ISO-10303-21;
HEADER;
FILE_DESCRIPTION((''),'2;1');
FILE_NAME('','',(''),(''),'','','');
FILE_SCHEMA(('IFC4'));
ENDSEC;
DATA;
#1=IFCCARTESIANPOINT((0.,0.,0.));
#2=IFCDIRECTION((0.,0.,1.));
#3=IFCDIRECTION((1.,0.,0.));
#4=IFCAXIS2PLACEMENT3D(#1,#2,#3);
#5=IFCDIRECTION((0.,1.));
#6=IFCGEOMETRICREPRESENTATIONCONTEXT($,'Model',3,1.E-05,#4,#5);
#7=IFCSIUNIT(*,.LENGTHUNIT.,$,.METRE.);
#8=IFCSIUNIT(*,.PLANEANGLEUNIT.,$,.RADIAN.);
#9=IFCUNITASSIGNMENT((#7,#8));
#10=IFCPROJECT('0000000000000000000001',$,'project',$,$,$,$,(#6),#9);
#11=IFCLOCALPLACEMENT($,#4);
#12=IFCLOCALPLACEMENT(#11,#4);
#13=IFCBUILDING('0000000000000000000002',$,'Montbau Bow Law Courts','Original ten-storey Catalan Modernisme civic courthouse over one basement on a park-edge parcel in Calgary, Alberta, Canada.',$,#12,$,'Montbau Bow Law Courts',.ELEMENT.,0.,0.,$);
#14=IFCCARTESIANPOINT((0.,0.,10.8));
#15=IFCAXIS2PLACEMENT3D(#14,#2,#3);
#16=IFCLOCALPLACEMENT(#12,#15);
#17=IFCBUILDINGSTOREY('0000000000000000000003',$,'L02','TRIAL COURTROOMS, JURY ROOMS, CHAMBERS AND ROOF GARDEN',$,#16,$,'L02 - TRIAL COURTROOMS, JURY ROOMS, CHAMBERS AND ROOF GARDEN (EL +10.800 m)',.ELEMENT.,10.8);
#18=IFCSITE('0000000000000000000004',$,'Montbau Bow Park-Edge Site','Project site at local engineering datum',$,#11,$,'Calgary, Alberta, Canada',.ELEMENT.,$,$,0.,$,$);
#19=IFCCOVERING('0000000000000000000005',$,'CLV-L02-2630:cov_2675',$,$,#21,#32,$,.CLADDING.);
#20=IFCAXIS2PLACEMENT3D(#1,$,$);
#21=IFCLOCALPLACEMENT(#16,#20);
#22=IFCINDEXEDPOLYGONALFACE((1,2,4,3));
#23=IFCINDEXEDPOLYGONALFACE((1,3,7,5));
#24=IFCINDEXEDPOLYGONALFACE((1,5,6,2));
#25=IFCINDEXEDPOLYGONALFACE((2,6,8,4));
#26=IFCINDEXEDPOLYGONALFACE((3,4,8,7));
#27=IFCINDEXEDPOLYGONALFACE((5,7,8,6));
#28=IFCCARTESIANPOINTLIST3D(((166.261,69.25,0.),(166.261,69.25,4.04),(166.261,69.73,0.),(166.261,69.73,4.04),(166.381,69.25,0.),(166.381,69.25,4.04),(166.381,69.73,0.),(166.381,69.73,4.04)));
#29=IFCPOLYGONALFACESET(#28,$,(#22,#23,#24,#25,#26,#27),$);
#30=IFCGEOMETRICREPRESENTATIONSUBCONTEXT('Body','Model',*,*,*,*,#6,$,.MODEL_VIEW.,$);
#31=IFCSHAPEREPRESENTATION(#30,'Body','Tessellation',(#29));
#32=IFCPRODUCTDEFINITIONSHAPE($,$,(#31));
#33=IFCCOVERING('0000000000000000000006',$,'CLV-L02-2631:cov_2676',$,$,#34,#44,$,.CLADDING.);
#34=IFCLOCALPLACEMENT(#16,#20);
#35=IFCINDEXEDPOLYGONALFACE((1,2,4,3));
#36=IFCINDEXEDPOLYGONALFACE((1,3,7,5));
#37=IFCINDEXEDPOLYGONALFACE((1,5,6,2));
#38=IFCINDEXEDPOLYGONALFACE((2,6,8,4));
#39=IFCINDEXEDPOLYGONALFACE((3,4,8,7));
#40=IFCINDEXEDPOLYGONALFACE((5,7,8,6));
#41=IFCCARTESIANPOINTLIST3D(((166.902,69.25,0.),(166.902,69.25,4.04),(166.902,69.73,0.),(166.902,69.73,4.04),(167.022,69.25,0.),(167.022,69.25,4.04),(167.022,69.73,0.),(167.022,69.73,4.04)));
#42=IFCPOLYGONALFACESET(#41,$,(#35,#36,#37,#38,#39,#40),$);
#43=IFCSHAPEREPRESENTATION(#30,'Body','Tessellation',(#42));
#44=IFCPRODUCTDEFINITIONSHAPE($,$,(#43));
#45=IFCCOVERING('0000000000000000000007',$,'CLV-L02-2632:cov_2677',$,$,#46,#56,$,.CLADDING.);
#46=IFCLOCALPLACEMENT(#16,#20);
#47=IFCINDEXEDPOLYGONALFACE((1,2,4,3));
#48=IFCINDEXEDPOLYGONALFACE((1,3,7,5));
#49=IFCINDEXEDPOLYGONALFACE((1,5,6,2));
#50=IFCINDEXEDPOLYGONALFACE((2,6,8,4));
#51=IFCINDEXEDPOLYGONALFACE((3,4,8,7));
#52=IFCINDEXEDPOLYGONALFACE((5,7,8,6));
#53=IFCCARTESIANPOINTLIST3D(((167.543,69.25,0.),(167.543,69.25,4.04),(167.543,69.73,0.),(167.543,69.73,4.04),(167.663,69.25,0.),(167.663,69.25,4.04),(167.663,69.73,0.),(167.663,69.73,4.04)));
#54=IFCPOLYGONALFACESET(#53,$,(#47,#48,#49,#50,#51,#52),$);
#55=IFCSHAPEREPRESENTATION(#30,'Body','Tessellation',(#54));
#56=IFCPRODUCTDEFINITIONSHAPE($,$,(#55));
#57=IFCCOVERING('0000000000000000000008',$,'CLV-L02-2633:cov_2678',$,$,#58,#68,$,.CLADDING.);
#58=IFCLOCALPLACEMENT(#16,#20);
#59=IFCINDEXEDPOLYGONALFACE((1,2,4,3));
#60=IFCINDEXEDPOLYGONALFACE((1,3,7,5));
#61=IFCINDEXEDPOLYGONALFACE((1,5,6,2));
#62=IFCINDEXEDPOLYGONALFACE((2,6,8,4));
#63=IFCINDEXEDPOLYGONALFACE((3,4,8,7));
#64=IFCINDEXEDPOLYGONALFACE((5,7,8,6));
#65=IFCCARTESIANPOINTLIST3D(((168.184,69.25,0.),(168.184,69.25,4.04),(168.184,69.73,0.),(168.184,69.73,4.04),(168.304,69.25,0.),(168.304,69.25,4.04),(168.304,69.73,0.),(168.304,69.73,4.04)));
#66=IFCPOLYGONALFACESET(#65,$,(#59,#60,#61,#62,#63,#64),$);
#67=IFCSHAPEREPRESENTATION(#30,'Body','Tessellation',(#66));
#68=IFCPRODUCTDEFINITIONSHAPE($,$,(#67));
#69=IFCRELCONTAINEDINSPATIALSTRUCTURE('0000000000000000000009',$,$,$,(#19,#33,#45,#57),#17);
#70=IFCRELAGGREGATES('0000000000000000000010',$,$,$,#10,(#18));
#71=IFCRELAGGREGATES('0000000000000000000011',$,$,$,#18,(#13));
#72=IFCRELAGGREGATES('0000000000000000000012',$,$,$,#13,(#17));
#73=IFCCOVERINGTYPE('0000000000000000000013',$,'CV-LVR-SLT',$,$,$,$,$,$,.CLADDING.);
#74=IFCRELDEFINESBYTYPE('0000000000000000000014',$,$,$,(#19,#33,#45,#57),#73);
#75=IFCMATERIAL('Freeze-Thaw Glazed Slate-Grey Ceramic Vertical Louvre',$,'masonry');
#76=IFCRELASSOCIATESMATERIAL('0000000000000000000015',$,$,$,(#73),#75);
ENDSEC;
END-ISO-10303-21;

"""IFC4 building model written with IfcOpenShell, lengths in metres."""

from ifc_helpers import new_model, si_unit, direction, frame, frame_2d, origin_with_axes, place, context, subcontext, project, spatial, rectangle, extrude, material, type_object, element, save


model = new_model("IFC4")

# Units and contexts
model_context = context("Model", 3, precision=1e-05, world=origin_with_axes(), true_north=direction((0.0, 1.0)))
body_context = subcontext(model_context, "Body", "Model", "MODEL_VIEW")
ifc_project = project(units=[si_unit("LENGTHUNIT", "METRE"), si_unit("PLANEANGLEUNIT", "RADIAN")], contexts=[model_context])

# Site, building, storey
site_placement = place(None, origin_with_axes())
site = spatial("IfcSite", under=ifc_project, at=site_placement, Name="Montbau Bow Park-Edge Site", Description="Project site at local engineering datum", LongName="Calgary, Alberta, Canada", CompositionType="ELEMENT", RefElevation=0.0)
building_placement = place(site_placement, origin_with_axes())
building = spatial("IfcBuilding", under=site, at=building_placement, Name="Montbau Bow Law Courts", Description="Original ten-storey Catalan Modernisme civic courthouse over one basement on a park-edge parcel in Calgary, Alberta, Canada.", LongName="Montbau Bow Law Courts", CompositionType="ELEMENT", ElevationOfRefHeight=0.0, ElevationOfTerrain=0.0)
storey_placement = place(building_placement, frame((0.0, 0.0, 10.8), z_axis=(0.0, 0.0, 1.0), x_axis=(1.0, 0.0, 0.0)))
storey = spatial("IfcBuildingStorey", under=building, at=storey_placement, Name="L02", Description="TRIAL COURTROOMS, JURY ROOMS, CHAMBERS AND ROOF GARDEN", LongName="L02 - TRIAL COURTROOMS, JURY ROOMS, CHAMBERS AND ROOF GARDEN (EL +10.800 m)", CompositionType="ELEMENT", Elevation=10.8)

# Coverings
ifc_material_1 = material(Name="Freeze-Thaw Glazed Slate-Grey Ceramic Vertical Louvre", Category="masonry")
covering_type = type_object("IfcCoveringType", Name="CV-LVR-SLT", PredefinedType="CLADDING", material=ifc_material_1)
for number, where, z_axis, x_axis, name in (
    (1, (166.321, 69.73, 10.8), (-1.0, 0.0, 0.0), (0.0, -1.0, 0.0), "CLV-L02-2630:cov_2675"),
    (2, (166.962, 69.73, 10.8), (-1.0, 0.0, 0.0), (0.0, -1.0, 0.0), "CLV-L02-2631:cov_2676"),
    (3, (167.603, 69.73, 10.8), (-1.0, 0.0, 0.0), (0.0, -1.0, 0.0), "CLV-L02-2632:cov_2677"),
    (4, (168.244, 69.73, 10.8), (-1.0, 0.0, 0.0), (0.0, -1.0, 0.0), "CLV-L02-2633:cov_2678"),
):
    element("IfcCovering", number, at=place(None, frame(where, z_axis=z_axis, x_axis=x_axis)), inside=storey, type_object=covering_type, Name=name, PredefinedType="CLADDING", context=body_context, shape_type="SweptSolid", body=[
        extrude(rectangle(XDim=0.48, YDim=4.04, at=frame_2d((0.24, 2.02), x_axis=(1.0, 0.0))), frame((0.0, 0.0, -0.06), z_axis=(0.0, 0.0, 1.0), x_axis=(1.0, 0.0, 0.0)), (0.0, 0.0, 1.0), 0.12),
    ])

save(model, "model.ifc")
